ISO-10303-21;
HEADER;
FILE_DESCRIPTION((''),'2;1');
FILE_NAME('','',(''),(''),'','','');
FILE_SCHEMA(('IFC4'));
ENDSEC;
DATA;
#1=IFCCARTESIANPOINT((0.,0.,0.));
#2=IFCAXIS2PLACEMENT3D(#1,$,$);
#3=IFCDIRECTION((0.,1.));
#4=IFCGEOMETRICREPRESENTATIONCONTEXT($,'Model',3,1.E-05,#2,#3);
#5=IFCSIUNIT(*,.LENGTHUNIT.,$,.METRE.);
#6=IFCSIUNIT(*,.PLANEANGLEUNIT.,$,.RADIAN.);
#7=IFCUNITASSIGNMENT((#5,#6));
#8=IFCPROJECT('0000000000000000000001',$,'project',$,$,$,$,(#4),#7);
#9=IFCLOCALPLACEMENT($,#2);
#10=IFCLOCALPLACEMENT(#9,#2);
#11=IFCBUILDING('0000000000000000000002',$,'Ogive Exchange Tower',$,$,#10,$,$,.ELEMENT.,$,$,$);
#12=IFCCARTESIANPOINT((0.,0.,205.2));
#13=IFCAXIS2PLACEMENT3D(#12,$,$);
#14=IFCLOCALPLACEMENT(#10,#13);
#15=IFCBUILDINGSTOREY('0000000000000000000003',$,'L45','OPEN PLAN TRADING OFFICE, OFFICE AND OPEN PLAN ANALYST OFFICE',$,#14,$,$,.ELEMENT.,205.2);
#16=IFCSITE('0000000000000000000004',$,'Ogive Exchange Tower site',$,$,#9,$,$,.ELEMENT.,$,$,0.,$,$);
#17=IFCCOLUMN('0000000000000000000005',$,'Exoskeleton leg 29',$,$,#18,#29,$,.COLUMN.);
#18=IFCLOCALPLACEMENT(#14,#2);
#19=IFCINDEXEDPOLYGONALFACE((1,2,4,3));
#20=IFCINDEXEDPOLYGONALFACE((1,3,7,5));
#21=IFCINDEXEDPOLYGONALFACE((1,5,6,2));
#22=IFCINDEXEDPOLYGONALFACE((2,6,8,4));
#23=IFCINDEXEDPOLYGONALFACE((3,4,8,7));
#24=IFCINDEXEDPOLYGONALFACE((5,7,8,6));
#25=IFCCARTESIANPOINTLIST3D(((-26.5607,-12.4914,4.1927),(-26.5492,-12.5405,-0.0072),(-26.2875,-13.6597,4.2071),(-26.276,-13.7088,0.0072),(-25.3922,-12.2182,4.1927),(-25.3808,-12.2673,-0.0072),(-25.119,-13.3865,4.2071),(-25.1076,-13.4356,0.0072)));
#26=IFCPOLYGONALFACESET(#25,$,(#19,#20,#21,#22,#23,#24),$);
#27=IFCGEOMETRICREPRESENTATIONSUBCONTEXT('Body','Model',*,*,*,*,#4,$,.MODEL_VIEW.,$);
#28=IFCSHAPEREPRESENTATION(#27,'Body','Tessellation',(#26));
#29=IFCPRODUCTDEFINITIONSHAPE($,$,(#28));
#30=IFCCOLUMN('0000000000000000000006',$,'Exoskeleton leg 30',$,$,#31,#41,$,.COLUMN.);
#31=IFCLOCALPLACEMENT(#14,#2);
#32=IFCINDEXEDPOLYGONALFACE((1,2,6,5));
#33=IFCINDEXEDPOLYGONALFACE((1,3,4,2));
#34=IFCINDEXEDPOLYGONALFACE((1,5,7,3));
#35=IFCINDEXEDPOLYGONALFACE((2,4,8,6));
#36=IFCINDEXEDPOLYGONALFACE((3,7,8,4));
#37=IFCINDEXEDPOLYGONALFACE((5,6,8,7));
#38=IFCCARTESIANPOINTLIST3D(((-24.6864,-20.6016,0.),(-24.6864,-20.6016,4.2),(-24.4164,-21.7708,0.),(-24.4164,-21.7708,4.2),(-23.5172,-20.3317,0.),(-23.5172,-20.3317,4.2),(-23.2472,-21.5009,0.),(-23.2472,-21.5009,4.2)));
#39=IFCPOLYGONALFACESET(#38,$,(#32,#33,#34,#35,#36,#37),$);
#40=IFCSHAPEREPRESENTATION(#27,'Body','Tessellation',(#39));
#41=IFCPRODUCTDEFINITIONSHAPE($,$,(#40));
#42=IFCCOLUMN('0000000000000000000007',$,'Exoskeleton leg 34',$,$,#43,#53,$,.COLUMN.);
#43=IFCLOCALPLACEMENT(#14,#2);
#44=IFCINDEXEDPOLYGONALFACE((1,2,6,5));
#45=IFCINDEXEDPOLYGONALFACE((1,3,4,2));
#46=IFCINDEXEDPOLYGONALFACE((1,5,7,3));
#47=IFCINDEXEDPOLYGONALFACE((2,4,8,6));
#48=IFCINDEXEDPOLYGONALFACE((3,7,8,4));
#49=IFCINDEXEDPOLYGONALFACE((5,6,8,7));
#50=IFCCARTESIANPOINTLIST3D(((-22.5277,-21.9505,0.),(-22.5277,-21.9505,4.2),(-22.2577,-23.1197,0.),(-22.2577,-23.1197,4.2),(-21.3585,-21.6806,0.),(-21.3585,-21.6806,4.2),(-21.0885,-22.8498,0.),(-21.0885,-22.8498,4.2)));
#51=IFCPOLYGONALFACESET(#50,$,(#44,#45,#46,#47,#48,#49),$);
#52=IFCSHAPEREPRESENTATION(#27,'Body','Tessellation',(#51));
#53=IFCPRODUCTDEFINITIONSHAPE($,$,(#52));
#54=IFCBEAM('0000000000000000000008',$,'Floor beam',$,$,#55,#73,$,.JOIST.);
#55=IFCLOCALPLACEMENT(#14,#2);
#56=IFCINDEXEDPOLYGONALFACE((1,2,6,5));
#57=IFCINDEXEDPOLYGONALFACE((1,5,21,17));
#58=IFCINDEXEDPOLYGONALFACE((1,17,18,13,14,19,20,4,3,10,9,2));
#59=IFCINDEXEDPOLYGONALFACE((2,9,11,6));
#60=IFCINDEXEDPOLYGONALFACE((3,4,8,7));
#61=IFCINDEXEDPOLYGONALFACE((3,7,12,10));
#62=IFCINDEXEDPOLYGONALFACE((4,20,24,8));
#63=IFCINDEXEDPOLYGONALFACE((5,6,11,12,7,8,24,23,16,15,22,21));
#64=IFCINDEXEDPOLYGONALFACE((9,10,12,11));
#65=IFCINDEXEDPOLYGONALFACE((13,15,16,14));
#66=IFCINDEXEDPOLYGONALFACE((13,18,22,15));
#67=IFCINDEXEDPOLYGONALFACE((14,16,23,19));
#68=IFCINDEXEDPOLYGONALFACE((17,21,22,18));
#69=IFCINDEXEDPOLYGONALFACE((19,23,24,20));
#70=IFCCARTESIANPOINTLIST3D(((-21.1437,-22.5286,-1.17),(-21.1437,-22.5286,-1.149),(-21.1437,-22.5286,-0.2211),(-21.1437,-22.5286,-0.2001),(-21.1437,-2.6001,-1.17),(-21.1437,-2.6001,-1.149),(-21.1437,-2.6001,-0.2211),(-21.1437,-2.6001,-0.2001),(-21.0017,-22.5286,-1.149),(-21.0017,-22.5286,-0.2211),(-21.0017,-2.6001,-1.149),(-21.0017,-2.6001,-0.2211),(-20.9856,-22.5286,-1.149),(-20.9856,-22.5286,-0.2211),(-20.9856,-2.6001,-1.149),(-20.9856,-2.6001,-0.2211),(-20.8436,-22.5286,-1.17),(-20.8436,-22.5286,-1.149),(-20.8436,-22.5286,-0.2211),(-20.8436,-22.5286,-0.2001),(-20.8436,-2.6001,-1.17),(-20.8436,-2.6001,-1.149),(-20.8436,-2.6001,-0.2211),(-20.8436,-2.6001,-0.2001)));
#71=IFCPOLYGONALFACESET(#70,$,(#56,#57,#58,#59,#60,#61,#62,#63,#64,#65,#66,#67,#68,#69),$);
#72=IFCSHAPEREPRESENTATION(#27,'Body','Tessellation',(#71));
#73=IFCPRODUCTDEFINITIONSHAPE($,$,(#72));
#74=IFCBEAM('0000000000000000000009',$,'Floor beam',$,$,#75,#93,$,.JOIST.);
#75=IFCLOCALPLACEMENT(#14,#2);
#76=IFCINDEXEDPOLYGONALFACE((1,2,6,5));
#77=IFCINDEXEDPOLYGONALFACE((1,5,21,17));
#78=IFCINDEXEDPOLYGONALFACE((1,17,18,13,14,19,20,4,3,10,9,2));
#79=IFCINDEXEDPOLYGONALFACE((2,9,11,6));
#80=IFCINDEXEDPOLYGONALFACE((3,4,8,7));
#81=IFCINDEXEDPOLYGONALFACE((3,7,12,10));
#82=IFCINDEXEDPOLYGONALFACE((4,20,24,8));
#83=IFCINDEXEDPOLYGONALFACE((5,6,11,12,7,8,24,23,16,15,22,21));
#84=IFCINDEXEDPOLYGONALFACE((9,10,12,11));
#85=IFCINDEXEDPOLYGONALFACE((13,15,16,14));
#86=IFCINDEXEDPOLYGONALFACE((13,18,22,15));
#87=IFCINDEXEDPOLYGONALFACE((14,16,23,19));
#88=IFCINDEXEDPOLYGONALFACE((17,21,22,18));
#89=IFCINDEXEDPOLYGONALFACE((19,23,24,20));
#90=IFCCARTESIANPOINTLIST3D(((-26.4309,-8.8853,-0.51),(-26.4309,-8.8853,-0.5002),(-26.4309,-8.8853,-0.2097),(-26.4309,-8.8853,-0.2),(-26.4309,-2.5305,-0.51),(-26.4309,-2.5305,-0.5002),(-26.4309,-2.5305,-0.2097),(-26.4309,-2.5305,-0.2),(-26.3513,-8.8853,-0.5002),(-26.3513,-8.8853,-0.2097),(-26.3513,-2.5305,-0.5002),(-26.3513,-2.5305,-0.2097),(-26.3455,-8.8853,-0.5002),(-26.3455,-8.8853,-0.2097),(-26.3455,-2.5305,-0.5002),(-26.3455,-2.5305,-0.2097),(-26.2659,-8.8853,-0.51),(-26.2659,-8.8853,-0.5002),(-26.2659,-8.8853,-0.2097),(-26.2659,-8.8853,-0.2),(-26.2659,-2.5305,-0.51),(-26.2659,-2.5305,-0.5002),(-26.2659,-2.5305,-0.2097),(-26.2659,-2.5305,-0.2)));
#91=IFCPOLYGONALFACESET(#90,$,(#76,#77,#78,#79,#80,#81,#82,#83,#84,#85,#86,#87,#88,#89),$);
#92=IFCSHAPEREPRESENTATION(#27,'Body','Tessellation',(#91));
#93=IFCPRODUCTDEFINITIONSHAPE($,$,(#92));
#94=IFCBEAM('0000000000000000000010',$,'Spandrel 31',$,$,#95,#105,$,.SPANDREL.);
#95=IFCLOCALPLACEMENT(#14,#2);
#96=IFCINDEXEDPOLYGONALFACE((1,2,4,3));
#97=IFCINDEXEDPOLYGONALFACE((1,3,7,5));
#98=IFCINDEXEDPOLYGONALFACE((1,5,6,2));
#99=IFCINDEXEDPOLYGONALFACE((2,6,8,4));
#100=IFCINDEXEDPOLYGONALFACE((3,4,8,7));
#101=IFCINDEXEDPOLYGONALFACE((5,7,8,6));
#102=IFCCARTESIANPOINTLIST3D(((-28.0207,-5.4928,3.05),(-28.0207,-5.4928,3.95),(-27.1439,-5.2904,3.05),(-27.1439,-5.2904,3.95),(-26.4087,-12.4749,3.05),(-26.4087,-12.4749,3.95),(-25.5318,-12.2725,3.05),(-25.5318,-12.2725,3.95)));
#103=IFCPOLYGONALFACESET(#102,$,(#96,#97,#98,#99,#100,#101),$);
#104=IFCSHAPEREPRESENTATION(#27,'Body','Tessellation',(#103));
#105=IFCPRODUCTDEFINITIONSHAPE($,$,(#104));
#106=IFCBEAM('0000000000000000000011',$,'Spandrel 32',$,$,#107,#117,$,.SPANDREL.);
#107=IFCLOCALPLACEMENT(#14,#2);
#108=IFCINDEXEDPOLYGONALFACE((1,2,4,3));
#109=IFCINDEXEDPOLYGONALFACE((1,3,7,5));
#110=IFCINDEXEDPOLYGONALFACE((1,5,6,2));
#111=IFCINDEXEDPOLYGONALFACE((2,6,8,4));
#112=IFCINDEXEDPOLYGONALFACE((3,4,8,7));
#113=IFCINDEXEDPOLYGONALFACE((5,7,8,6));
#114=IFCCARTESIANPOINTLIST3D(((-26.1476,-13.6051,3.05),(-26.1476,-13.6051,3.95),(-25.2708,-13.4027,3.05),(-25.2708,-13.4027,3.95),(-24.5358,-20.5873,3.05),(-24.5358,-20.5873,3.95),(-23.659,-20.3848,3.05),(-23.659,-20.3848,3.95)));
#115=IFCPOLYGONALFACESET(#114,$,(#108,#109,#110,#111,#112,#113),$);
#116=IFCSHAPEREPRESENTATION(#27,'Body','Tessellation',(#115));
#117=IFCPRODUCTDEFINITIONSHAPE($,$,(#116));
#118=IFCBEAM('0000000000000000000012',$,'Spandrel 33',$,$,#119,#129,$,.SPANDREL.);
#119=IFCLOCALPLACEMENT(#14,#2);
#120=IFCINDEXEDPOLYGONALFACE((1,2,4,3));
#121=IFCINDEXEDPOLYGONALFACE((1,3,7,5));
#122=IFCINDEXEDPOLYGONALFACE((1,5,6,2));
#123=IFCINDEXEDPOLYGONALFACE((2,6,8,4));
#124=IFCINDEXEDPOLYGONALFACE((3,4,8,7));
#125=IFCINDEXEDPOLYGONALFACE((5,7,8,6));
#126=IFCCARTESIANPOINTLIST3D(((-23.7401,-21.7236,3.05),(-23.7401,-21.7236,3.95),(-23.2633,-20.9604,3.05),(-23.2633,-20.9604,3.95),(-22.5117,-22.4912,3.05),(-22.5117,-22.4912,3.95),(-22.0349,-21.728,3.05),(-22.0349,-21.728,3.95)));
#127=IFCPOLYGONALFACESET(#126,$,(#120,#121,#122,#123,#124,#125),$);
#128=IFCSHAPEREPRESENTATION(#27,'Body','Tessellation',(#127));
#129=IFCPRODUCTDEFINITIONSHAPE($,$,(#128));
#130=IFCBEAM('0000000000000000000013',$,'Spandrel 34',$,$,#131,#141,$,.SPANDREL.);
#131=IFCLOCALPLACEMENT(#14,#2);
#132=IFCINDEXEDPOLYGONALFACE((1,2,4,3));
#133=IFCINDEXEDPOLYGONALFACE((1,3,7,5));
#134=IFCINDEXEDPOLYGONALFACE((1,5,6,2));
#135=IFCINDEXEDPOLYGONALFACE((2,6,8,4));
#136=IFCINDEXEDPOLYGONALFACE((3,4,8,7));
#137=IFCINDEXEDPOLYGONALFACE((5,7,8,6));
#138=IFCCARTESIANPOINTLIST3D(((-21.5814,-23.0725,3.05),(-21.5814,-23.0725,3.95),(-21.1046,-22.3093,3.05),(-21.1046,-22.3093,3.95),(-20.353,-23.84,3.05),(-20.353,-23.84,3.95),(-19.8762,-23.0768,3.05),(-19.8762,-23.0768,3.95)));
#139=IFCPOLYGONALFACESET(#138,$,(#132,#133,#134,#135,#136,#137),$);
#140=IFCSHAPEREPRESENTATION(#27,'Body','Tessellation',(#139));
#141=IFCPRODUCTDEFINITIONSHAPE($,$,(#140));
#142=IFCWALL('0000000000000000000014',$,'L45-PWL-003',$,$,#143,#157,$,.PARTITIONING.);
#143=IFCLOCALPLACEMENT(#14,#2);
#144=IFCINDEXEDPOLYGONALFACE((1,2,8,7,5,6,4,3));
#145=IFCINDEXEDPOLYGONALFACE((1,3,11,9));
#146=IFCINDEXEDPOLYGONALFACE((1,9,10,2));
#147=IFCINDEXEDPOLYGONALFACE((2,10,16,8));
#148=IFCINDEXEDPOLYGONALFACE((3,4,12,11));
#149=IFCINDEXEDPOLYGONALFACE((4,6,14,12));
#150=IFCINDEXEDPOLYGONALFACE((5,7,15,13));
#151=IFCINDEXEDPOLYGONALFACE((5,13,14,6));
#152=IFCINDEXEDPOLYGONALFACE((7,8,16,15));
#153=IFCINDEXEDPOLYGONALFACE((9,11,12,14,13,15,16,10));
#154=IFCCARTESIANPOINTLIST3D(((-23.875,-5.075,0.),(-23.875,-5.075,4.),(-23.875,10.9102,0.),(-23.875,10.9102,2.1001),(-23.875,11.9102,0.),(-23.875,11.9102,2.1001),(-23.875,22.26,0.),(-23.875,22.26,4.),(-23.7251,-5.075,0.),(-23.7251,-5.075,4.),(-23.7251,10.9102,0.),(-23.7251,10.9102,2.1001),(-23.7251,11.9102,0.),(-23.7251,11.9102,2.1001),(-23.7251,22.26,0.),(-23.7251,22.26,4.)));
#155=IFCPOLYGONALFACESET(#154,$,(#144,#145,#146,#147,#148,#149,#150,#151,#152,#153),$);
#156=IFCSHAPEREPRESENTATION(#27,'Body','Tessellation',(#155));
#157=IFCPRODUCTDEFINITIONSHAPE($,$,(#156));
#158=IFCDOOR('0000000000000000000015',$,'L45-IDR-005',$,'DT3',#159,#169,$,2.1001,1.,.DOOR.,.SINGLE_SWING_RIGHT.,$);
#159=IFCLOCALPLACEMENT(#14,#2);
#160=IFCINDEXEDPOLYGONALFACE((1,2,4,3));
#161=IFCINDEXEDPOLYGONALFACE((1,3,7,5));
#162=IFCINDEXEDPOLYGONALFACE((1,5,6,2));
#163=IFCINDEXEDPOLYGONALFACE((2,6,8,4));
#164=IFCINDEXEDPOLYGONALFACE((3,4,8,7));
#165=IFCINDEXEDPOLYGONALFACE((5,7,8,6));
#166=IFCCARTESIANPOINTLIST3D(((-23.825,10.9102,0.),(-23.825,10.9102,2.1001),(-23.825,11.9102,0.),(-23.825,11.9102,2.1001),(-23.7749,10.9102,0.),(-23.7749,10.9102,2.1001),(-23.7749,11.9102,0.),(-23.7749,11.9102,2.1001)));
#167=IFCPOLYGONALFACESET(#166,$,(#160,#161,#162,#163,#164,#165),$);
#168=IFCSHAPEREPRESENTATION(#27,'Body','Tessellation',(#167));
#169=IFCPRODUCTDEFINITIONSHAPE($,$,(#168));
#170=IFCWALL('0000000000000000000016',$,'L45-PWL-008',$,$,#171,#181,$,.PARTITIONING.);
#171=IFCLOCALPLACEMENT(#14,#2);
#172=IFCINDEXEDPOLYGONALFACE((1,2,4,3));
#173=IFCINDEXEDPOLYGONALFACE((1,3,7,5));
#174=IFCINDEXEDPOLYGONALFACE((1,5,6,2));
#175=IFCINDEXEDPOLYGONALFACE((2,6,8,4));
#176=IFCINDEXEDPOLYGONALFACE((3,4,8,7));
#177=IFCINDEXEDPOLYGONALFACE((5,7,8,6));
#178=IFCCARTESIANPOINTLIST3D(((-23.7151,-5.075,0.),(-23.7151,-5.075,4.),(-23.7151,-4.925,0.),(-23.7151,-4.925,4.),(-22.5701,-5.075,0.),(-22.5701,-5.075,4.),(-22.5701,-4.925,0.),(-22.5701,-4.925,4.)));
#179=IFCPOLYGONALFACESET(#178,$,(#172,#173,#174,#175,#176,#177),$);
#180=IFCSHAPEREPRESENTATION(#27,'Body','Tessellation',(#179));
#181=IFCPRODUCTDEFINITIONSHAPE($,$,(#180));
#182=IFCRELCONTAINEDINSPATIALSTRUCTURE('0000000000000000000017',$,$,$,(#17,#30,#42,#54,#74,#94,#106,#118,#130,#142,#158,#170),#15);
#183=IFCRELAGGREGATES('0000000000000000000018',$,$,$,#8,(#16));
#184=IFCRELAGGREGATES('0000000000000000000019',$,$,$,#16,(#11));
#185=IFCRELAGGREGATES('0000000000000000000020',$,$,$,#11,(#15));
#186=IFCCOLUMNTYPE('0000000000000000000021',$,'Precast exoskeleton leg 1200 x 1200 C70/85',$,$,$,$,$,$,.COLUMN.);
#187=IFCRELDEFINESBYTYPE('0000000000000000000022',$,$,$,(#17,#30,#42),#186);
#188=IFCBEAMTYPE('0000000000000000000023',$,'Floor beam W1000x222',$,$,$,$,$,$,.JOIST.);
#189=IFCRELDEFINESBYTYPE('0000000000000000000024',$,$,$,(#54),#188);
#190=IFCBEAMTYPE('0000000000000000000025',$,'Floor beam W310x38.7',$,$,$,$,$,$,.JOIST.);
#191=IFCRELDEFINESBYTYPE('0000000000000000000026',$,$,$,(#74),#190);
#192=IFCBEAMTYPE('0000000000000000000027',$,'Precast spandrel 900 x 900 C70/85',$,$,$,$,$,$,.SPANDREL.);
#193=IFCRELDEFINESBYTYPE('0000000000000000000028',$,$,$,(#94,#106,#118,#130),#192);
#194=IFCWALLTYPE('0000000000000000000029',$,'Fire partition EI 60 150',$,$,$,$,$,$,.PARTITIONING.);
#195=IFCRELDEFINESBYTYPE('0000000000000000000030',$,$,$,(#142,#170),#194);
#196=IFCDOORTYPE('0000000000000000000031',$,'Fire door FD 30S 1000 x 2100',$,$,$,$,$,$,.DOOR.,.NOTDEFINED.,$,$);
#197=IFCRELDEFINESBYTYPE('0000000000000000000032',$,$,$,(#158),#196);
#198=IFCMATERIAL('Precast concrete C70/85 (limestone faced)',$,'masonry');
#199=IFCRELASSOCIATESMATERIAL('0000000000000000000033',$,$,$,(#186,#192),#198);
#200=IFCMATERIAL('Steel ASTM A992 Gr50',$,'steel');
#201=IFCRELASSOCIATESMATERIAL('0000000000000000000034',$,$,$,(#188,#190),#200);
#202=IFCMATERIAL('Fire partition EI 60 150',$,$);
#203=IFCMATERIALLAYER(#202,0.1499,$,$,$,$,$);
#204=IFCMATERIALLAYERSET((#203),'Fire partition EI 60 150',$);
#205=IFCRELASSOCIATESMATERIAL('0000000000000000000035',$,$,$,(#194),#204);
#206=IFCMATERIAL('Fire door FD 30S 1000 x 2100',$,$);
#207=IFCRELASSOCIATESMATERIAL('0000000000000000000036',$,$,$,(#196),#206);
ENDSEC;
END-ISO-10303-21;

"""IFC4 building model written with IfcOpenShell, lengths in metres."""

from ifc_helpers import new_model, si_unit, direction, frame, frame_2d, origin, origin_2d, place, context, subcontext, project, spatial, rectangle, i_section, extrude, material, layer, layer_set, material_profile, profile_set, type_object, element, fill, save


model = new_model("IFC4")

# Units and contexts
model_context = context("Model", 3, precision=1e-05, world=origin(), true_north=direction((0.0, 1.0)))
body_context = subcontext(model_context, "Body", "Model", "MODEL_VIEW")
ifc_project = project(units=[si_unit("LENGTHUNIT", "METRE"), si_unit("PLANEANGLEUNIT", "RADIAN")], contexts=[model_context])

# Site, building, storey
site_placement = place(None, origin())
site = spatial("IfcSite", under=ifc_project, at=site_placement, Name="Ogive Exchange Tower site", CompositionType="ELEMENT", RefElevation=0.0)
building_placement = place(site_placement, origin())
building = spatial("IfcBuilding", under=site, at=building_placement, Name="Ogive Exchange Tower", CompositionType="ELEMENT")
storey_placement = place(building_placement, frame((0.0, 0.0, 205.2)))
storey = spatial("IfcBuildingStorey", under=building, at=storey_placement, Name="L45", Description="OPEN PLAN TRADING OFFICE, OFFICE AND OPEN PLAN ANALYST OFFICE", CompositionType="ELEMENT", Elevation=205.2)

# Columns
ifc_material_1 = material(Name="Precast concrete C70/85 (limestone faced)", Category="masonry")
ifc_material_profile_1 = material_profile(ifc_material_1, rectangle(XDim=1.2, YDim=1.2, at=origin_2d()), Name="1200 x 1200")
ifc_profile_set_1 = profile_set([ifc_material_profile_1], Name="Precast concrete C70/85 (limestone faced)")
column_type = type_object("IfcColumnType", Name="Precast exoskeleton leg 1200 x 1200 C70/85", PredefinedType="COLUMN", material=ifc_profile_set_1)
column_placement = place(storey_placement, frame((-25.8284, -12.988, 0.0), z_axis=(-0.002732, 0.011683, 0.999928), x_axis=(-0.973734, -0.227689, 0.0)))
element("IfcColumn", 1, at=column_placement, inside=storey, type_object=column_type, Name="Exoskeleton leg 29", PredefinedType="COLUMN", context=body_context, shape_type="SweptSolid", body=[
    extrude(rectangle(XDim=1.2, YDim=1.2, at=origin_2d()), origin(), (0.0, 0.0, 1.0), 4.2002),
])
for number, where, z_axis, x_axis, name in (
    (2, (-23.9668, -21.0513, 0.0), (0.0, 0.0, 1.0), (0.97437, 0.224951, 0.0), "Exoskeleton leg 30"),
    (3, (-21.8081, -22.4001, 0.0), (0.0, 0.0, 1.0), (0.97437, 0.224951, 0.0), "Exoskeleton leg 34"),
):
    element("IfcColumn", number, at=place(storey_placement, frame(where, z_axis=z_axis, x_axis=x_axis)), inside=storey, type_object=column_type, Name=name, PredefinedType="COLUMN", context=body_context, shape_type="SweptSolid", body=[
        extrude(rectangle(XDim=1.2, YDim=1.2, at=origin_2d()), origin(), (0.0, 0.0, 1.0), 4.2),
    ])

# Beams
ifc_material_2 = material(Name="Steel ASTM A992 Gr50", Category="steel")
ifc_material_profile_2 = material_profile(ifc_material_2, i_section(OverallWidth=0.3, OverallDepth=0.97, WebThickness=0.0161, FlangeThickness=0.021, at=origin_2d()), Name="W1000x222")
ifc_profile_set_2 = profile_set([ifc_material_profile_2], Name="Steel ASTM A992 Gr50")
beam_type_1 = type_object("IfcBeamType", Name="Floor beam W1000x222", PredefinedType="JOIST", material=ifc_profile_set_2)
beam_1_placement = place(storey_placement, frame((-20.9937, -22.5286, -0.6851), z_axis=(0.0, 1.0, 0.0), x_axis=(-1.0, 0.0, 0.0)))
element("IfcBeam", 4, at=beam_1_placement, inside=storey, type_object=beam_type_1, Name="Floor beam", PredefinedType="JOIST", context=body_context, shape_type="SweptSolid", body=[
    extrude(i_section(OverallWidth=0.3, OverallDepth=0.97, WebThickness=0.0161, FlangeThickness=0.021, at=origin_2d()), origin(), (0.0, 0.0, 1.0), 19.9285),
])
ifc_material_profile_3 = material_profile(ifc_material_2, i_section(OverallWidth=0.165, OverallDepth=0.3101, WebThickness=0.0059, FlangeThickness=0.0098, at=origin_2d()), Name="W310x38.7")
ifc_profile_set_3 = profile_set([ifc_material_profile_3], Name="Steel ASTM A992 Gr50")
beam_type_2 = type_object("IfcBeamType", Name="Floor beam W310x38.7", PredefinedType="JOIST", material=ifc_profile_set_3)
beam_2_placement = place(storey_placement, frame((-26.3484, -8.8853, -0.355), z_axis=(0.0, 1.0, 0.0), x_axis=(-1.0, 0.0, 0.0)))
element("IfcBeam", 5, at=beam_2_placement, inside=storey, type_object=beam_type_2, Name="Floor beam", PredefinedType="JOIST", context=body_context, shape_type="SweptSolid", body=[
    extrude(i_section(OverallWidth=0.165, OverallDepth=0.3101, WebThickness=0.0059, FlangeThickness=0.0098, at=origin_2d()), origin(), (0.0, 0.0, 1.0), 6.3547),
])
ifc_material_profile_4 = material_profile(ifc_material_1, rectangle(XDim=0.8999, YDim=0.8999, at=origin_2d()), Name="900 x 900")
ifc_profile_set_4 = profile_set([ifc_material_profile_4], Name="Precast concrete C70/85 (limestone faced)")
beam_type_3 = type_object("IfcBeamType", Name="Precast spandrel 900 x 900 C70/85", PredefinedType="SPANDREL", material=ifc_profile_set_4)
for number, where, z_axis, x_axis, name in (
    (6, (-27.5823, -5.3916, 3.5), (0.224964, -0.974367, 0.0), (0.974367, 0.224964, 0.0), "Spandrel 31"),
    (7, (-25.7092, -13.5039, 3.5), (0.224932, -0.974375, 0.0), (0.974375, 0.224932, 0.0), "Spandrel 32"),
):
    element("IfcBeam", number, at=place(storey_placement, frame(where, z_axis=z_axis, x_axis=x_axis)), inside=storey, type_object=beam_type_3, Name=name, PredefinedType="SPANDREL", context=body_context, shape_type="SweptSolid", body=[
        extrude(rectangle(XDim=0.8999, YDim=0.8999, at=origin_2d()), origin(), (0.0, 0.0, 1.0), 7.1658),
    ])
for number, where, z_axis, x_axis, name in (
    (8, (-23.5017, -21.342, 3.5), (0.848074, -0.529878, 0.0), (0.529878, 0.848074, 0.0), "Spandrel 33"),
    (9, (-21.343, -22.6909, 3.5), (0.848074, -0.529878, 0.0), (0.529878, 0.848074, 0.0), "Spandrel 34"),
):
    element("IfcBeam", number, at=place(storey_placement, frame(where, z_axis=z_axis, x_axis=x_axis)), inside=storey, type_object=beam_type_3, Name=name, PredefinedType="SPANDREL", context=body_context, shape_type="SweptSolid", body=[
        extrude(rectangle(XDim=0.8999, YDim=0.8999, at=origin_2d()), origin(), (0.0, 0.0, 1.0), 1.4485),
    ])

# Wall, opening, door
ifc_material_3 = material(Name="Fire partition EI 60 150")
ifc_layer_1 = layer(ifc_material_3, 0.1499)
ifc_layer_set_1 = layer_set([ifc_layer_1], Name="Fire partition EI 60 150")
wall_type_1 = type_object("IfcWallType", Name="Fire partition EI 60 150", PredefinedType="PARTITIONING", material=ifc_layer_set_1)
wall_1_placement = place(storey_placement, frame((-23.8, -5.075, 0.0), z_axis=(0.0, 0.0, 1.0), x_axis=(0.0, 1.0, 0.0)))
wall_1 = element("IfcWall", 10, at=wall_1_placement, inside=storey, type_object=wall_type_1, Name="L45-PWL-003", PredefinedType="PARTITIONING", context=body_context, shape_type="SweptSolid", body=[
    extrude(rectangle(XDim=27.335, YDim=0.1499, at=frame_2d((13.6675, 0.0))), origin(), (0.0, 0.0, 1.0), 4.0),
])
opening_placement = place(wall_1_placement, frame((15.9851, 0.0, 0.0)))
opening = element("IfcOpeningElement", 11, at=opening_placement, cuts=wall_1, PredefinedType="OPENING", context=body_context, shape_type="SweptSolid", body=[
    extrude(rectangle(XDim=1.0, YDim=2.1001, at=frame_2d((0.5, 1.05))), frame((0.0, 0.085, 0.0), z_axis=(0.0, -1.0, 0.0), x_axis=(1.0, 0.0, 0.0)), (0.0, 0.0, 1.0), 0.1699),
])
ifc_material_4 = material(Name="Fire door FD 30S 1000 x 2100")
door_type = type_object("IfcDoorType", Name="Fire door FD 30S 1000 x 2100", OperationType="NOTDEFINED", PredefinedType="DOOR", material=ifc_material_4)
door_placement = place(opening_placement, origin())
door = element("IfcDoor", 12, at=door_placement, inside=storey, type_object=door_type, Name="L45-IDR-005", ObjectType="DT3", OperationType="SINGLE_SWING_RIGHT", OverallHeight=2.1001, OverallWidth=1.0, PredefinedType="DOOR", context=body_context, shape_type="SweptSolid", body=[
    extrude(rectangle(XDim=1.0, YDim=2.1001, at=frame_2d((0.5, 1.05))), frame((0.0, 0.0249, 0.0), z_axis=(0.0, -1.0, 0.0), x_axis=(1.0, 0.0, 0.0)), (0.0, 0.0, 1.0), 0.05),
])
fill(opening, door)

# Wall
wall_2_placement = place(storey_placement, frame((-22.5701, -5.0, 0.0), z_axis=(0.0, 0.0, 1.0), x_axis=(-1.0, 0.0, 0.0)))
element("IfcWall", 13, at=wall_2_placement, inside=storey, type_object=wall_type_1, Name="L45-PWL-008", PredefinedType="PARTITIONING", context=body_context, shape_type="SweptSolid", body=[
    extrude(rectangle(XDim=1.145, YDim=0.1499, at=frame_2d((0.5725, 0.0))), origin(), (0.0, 0.0, 1.0), 4.0),
])

save(model, "model.ifc")
